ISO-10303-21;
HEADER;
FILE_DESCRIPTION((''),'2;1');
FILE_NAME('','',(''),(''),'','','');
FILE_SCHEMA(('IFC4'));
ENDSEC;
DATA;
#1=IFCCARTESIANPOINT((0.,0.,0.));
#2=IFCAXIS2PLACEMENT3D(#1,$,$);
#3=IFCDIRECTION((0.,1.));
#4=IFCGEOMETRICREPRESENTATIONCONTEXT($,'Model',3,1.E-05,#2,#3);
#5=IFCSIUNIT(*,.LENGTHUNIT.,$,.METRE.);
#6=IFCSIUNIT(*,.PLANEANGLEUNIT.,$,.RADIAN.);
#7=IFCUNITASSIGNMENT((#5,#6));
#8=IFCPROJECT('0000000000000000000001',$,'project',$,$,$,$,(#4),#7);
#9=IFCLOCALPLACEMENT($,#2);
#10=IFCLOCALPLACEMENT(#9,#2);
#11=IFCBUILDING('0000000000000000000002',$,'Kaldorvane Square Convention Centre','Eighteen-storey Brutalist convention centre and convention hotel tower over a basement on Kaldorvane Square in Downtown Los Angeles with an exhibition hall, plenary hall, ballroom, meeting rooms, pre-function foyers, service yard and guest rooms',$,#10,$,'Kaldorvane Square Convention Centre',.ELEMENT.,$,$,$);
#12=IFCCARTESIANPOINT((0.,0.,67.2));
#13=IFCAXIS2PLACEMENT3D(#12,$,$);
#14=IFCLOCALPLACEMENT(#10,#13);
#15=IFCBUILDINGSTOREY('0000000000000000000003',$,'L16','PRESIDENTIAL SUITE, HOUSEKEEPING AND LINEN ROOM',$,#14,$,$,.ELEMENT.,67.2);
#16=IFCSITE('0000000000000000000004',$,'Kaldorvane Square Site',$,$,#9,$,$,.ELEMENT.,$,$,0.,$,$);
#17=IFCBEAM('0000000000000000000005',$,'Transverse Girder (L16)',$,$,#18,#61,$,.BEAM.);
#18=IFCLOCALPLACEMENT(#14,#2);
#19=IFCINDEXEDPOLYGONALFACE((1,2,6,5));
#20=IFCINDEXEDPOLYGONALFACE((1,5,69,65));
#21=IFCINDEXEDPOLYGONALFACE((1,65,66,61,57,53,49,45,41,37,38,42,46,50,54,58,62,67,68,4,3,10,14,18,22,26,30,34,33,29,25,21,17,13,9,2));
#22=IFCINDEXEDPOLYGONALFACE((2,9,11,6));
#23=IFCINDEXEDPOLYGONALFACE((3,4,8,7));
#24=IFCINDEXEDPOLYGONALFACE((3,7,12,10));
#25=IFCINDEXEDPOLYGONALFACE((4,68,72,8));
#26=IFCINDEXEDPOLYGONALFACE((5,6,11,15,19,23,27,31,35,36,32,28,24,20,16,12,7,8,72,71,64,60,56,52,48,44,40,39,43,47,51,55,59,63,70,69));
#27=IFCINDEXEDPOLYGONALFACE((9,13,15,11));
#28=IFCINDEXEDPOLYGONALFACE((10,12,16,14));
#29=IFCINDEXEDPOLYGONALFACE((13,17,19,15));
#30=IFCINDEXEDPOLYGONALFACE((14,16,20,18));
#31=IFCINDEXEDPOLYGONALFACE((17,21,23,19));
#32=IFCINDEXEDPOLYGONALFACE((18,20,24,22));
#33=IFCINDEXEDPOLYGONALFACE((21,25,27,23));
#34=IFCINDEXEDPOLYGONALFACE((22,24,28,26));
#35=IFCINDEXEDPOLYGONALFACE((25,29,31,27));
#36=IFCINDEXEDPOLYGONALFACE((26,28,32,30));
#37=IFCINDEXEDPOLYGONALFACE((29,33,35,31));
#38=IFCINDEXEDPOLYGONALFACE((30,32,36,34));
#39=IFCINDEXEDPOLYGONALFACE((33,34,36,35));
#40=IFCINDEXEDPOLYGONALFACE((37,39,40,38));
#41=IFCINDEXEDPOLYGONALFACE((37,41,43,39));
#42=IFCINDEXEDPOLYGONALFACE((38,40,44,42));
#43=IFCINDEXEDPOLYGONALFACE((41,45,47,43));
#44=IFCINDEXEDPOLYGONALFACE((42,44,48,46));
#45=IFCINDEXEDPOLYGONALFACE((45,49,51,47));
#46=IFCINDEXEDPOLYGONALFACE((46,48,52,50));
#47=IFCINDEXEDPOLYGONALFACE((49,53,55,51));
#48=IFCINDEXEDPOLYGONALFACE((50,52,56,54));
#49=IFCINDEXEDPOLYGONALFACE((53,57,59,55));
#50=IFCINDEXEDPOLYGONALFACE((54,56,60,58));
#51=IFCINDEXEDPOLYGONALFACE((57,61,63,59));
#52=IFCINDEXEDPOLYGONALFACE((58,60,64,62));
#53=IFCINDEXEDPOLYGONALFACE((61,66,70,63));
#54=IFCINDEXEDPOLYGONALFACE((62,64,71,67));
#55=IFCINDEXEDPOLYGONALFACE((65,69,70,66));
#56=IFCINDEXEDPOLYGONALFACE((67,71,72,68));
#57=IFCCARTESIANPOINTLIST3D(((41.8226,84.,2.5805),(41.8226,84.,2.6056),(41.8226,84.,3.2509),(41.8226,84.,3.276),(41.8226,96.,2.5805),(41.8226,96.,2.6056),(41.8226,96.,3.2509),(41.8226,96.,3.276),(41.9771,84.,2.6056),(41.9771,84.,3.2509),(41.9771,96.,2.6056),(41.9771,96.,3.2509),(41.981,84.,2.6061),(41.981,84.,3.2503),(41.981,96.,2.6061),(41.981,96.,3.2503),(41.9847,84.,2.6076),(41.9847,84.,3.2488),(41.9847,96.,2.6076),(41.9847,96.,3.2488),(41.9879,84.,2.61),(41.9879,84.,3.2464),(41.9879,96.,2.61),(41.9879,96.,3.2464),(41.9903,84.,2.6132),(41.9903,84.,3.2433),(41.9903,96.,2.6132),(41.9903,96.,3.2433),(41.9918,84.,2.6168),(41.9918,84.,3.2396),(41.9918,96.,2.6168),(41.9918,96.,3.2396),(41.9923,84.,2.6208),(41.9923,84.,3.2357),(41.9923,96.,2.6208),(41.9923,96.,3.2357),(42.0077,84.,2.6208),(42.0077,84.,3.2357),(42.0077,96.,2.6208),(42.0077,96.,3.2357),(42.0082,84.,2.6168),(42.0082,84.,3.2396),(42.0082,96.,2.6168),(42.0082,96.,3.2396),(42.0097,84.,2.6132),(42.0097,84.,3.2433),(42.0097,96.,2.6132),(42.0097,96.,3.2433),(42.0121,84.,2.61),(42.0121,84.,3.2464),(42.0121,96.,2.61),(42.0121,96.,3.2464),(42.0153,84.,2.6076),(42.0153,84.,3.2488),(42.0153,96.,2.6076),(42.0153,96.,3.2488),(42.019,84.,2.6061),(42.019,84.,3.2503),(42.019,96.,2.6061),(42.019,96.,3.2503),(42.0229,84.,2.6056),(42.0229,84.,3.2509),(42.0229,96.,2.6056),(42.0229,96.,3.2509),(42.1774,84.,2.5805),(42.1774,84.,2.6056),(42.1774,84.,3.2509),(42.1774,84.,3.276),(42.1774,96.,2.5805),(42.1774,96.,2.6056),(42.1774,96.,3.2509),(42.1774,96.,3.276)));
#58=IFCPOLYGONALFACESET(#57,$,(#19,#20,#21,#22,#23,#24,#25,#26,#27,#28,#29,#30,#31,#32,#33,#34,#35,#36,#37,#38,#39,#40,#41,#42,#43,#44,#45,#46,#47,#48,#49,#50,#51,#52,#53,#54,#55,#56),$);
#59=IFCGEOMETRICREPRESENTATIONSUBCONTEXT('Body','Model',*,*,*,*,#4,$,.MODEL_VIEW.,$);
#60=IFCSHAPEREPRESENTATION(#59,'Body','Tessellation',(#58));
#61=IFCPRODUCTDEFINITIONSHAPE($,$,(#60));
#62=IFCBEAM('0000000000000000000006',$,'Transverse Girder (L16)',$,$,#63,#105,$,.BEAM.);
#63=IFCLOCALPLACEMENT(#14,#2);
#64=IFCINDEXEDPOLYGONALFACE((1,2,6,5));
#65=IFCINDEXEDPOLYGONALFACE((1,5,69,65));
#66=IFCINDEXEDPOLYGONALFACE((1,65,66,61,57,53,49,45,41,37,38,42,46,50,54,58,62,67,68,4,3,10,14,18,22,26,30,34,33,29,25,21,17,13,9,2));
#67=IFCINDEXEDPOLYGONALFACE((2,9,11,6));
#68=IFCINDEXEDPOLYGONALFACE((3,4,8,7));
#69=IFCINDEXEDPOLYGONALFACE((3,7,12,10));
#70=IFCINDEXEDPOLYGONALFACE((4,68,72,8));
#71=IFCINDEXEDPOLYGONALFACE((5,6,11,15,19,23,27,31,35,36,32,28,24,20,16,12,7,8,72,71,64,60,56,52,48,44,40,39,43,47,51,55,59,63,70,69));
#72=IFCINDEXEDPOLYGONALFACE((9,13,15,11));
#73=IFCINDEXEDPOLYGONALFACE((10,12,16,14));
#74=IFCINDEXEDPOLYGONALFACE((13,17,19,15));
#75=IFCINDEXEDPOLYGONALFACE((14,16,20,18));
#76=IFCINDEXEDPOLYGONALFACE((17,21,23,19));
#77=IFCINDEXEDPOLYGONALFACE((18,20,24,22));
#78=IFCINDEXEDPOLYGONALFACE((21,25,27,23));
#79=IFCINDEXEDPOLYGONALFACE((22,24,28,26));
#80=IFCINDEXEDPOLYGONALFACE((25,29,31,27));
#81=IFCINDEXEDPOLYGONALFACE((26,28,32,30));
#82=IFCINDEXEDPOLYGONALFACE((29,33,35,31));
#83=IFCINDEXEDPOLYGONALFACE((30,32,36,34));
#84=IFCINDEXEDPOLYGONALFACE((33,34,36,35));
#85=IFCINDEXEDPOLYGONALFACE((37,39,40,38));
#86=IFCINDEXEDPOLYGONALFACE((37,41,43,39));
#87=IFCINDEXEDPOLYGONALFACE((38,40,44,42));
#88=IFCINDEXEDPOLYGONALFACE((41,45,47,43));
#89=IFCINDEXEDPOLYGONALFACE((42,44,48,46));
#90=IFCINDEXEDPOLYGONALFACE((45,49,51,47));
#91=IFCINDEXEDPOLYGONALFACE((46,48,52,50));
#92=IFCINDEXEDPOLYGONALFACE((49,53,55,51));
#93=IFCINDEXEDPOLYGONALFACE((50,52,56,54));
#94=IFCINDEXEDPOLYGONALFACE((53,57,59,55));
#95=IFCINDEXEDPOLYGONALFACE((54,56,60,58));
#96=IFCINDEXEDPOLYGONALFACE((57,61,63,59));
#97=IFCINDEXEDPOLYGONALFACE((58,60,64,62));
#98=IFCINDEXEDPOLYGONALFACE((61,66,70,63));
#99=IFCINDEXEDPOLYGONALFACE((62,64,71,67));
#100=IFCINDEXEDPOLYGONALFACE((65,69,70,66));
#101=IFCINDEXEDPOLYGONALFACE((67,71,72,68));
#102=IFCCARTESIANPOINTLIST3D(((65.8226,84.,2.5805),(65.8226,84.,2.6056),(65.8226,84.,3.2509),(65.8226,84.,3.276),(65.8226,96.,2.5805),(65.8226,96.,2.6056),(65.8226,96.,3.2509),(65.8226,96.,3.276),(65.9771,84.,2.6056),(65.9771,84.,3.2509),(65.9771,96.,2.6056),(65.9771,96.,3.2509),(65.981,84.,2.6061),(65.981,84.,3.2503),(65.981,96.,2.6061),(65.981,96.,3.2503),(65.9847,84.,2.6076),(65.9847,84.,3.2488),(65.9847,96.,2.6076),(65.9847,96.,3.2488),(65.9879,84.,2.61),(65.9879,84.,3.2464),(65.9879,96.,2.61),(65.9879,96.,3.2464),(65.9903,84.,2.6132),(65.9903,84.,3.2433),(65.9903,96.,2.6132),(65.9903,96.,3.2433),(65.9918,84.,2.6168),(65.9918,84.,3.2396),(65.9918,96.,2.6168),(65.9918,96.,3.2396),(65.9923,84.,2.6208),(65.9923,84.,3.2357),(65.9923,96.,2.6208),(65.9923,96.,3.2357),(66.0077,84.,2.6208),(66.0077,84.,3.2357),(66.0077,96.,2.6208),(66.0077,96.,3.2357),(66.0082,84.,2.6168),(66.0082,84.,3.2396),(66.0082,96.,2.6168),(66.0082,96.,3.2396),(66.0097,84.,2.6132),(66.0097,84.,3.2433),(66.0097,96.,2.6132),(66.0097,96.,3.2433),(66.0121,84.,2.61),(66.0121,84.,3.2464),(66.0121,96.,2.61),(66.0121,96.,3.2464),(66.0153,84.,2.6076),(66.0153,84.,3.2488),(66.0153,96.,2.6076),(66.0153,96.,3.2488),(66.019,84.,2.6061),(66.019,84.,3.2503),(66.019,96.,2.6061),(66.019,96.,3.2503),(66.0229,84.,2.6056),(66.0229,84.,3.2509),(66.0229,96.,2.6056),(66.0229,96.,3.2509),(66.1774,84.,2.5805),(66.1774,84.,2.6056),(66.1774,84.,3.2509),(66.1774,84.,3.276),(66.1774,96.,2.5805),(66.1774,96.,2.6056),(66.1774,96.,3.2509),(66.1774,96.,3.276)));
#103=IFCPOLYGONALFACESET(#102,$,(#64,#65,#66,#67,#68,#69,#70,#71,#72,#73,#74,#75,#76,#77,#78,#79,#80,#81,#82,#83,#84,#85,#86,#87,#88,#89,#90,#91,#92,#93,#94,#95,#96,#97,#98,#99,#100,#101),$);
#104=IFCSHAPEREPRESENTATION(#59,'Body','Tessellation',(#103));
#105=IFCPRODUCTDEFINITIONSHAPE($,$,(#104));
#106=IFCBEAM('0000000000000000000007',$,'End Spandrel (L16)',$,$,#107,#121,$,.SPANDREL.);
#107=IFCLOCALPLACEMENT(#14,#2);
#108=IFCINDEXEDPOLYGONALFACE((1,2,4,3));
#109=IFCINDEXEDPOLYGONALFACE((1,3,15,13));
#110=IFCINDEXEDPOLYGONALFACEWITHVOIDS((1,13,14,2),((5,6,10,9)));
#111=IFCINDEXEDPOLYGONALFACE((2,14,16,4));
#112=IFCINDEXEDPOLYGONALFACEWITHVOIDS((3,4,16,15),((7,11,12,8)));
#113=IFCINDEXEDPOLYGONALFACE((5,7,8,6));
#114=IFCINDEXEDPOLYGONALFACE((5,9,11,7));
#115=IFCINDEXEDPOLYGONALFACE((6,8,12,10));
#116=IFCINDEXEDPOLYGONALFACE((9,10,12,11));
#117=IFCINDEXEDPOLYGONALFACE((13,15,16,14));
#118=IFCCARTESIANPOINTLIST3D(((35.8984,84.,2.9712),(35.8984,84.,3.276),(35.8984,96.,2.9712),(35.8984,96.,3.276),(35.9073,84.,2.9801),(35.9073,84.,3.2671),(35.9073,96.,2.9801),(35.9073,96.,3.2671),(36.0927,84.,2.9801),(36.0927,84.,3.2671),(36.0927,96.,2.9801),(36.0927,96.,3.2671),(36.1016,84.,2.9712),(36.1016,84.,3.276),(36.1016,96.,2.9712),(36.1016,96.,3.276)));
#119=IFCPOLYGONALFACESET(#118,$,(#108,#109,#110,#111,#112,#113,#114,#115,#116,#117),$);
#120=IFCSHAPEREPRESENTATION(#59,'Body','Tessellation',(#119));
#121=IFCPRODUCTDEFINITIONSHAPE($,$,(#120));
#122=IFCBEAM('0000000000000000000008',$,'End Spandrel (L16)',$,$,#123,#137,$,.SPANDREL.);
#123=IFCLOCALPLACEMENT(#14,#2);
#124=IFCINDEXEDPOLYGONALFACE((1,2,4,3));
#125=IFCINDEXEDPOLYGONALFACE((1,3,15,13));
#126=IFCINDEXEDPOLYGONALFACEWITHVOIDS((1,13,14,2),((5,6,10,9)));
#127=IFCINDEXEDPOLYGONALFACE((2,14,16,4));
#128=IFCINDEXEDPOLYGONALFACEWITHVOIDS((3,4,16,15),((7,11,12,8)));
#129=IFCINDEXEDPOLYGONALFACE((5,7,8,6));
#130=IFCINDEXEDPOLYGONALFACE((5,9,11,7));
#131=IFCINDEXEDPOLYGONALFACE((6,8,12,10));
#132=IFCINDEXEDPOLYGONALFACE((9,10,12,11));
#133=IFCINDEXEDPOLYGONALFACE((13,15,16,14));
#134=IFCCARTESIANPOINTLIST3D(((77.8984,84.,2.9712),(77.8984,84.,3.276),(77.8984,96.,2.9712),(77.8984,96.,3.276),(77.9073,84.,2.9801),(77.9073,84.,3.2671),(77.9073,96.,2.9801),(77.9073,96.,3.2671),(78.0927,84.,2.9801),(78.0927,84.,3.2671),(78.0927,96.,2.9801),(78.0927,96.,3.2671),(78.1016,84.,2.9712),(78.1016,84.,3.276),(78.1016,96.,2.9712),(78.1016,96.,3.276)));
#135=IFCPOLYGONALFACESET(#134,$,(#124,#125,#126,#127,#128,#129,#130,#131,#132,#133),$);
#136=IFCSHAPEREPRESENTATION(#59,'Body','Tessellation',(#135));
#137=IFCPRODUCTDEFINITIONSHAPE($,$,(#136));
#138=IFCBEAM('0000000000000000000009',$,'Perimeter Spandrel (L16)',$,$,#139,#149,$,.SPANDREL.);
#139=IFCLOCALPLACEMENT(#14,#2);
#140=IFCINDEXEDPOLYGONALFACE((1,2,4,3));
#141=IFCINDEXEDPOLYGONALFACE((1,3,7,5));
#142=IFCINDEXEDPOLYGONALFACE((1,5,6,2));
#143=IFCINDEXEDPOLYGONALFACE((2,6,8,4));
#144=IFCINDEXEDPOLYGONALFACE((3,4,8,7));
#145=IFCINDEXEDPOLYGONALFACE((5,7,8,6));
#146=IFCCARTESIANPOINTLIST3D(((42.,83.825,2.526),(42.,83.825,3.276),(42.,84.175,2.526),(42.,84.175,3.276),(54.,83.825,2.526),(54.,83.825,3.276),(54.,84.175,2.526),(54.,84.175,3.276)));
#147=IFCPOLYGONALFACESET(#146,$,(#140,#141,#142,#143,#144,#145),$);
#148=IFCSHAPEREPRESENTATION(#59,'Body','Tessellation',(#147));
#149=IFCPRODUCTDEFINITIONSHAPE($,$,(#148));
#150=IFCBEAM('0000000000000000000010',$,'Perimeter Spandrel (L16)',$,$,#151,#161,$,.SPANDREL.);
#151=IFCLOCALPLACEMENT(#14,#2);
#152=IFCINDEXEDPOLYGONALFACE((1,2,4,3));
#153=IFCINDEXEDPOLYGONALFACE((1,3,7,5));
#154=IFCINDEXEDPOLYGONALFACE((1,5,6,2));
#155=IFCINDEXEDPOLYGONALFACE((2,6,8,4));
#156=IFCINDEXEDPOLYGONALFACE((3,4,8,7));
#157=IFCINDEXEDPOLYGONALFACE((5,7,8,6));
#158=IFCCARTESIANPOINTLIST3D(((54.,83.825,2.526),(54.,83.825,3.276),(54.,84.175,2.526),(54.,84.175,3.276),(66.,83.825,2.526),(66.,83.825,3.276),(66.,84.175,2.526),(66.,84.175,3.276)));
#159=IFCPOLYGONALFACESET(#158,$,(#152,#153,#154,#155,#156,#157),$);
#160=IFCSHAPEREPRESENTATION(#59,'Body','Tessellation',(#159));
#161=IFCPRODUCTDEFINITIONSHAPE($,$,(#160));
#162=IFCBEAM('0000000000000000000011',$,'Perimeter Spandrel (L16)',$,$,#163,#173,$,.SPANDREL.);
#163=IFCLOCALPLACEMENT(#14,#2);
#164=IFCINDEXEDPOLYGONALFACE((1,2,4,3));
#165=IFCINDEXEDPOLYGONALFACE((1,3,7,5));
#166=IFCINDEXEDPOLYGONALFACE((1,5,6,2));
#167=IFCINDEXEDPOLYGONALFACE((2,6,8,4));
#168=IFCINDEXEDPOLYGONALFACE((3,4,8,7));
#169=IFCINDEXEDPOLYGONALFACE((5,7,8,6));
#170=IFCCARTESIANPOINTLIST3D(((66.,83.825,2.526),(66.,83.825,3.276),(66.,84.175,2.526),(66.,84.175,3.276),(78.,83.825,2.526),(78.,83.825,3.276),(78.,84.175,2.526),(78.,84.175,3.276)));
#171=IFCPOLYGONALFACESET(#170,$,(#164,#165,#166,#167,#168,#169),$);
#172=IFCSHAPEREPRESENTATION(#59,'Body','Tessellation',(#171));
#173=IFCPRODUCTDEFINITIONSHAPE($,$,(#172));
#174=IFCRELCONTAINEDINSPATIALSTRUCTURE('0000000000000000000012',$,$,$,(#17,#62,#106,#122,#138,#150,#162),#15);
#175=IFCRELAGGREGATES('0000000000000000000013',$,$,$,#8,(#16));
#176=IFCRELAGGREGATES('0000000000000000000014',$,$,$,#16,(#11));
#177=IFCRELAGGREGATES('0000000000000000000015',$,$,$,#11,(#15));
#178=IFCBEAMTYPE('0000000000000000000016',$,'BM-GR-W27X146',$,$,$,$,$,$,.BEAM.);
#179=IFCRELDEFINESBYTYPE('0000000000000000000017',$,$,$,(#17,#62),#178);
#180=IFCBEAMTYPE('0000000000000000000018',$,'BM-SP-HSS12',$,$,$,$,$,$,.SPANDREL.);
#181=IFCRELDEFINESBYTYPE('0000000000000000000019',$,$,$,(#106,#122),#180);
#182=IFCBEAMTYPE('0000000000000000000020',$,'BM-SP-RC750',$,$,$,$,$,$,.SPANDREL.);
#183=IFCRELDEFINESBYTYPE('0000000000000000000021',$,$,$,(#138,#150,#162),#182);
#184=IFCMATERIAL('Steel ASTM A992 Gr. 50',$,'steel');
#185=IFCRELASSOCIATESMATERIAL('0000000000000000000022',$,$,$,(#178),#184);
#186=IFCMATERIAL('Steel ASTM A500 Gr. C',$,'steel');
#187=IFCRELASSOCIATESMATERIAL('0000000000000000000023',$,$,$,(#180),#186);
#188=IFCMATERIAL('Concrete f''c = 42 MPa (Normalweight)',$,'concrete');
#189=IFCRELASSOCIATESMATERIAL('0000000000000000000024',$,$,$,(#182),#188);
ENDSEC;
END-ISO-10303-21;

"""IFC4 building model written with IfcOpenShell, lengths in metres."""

from ifc_helpers import new_model, si_unit, direction, frame, origin, origin_2d, place, context, subcontext, project, spatial, rectangle, hollow_rectangle, i_section, extrude, material, material_profile, profile_set, type_object, element, save


model = new_model("IFC4")

# Units and contexts
model_context = context("Model", 3, precision=1e-05, world=origin(), true_north=direction((0.0, 1.0)))
body_context = subcontext(model_context, "Body", "Model", "MODEL_VIEW")
ifc_project = project(units=[si_unit("LENGTHUNIT", "METRE"), si_unit("PLANEANGLEUNIT", "RADIAN")], contexts=[model_context])

# Site, building, storey
site_placement = place(None, origin())
site = spatial("IfcSite", under=ifc_project, at=site_placement, Name="Kaldorvane Square Site", CompositionType="ELEMENT", RefElevation=0.0)
building_placement = place(site_placement, origin())
building = spatial("IfcBuilding", under=site, at=building_placement, Name="Kaldorvane Square Convention Centre", Description="Eighteen-storey Brutalist convention centre and convention hotel tower over a basement on Kaldorvane Square in Downtown Los Angeles with an exhibition hall, plenary hall, ballroom, meeting rooms, pre-function foyers, service yard and guest rooms", LongName="Kaldorvane Square Convention Centre", CompositionType="ELEMENT")
storey_placement = place(building_placement, frame((0.0, 0.0, 67.2)))
storey = spatial("IfcBuildingStorey", under=building, at=storey_placement, Name="L16", Description="PRESIDENTIAL SUITE, HOUSEKEEPING AND LINEN ROOM", CompositionType="ELEMENT", Elevation=67.2)

# Beams
ifc_material_1 = material(Name="Steel ASTM A992 Gr. 50", Category="steel")
ifc_material_profile_1 = material_profile(ifc_material_1, i_section(OverallWidth=0.3547, OverallDepth=0.6955, WebThickness=0.0154, FlangeThickness=0.0251, FilletRadius=0.0152, at=origin_2d()), Name="W27X146")
ifc_profile_set_1 = profile_set([ifc_material_profile_1], Name="Steel ASTM A992 Gr. 50")
beam_type_1 = type_object("IfcBeamType", Name="BM-GR-W27X146", PredefinedType="BEAM", material=ifc_profile_set_1)
for number, where, z_axis, x_axis, name in (
    (1, (42.0, 84.0, 2.9282), (0.0, 1.0, 0.0), (-1.0, 0.0, 0.0), "Transverse Girder (L16)"),
    (2, (66.0, 84.0, 2.9282), (0.0, 1.0, 0.0), (-1.0, 0.0, 0.0), "Transverse Girder (L16)"),
):
    element("IfcBeam", number, at=place(storey_placement, frame(where, z_axis=z_axis, x_axis=x_axis)), inside=storey, type_object=beam_type_1, Name=name, PredefinedType="BEAM", context=body_context, shape_type="SweptSolid", body=[
        extrude(i_section(OverallWidth=0.3547, OverallDepth=0.6955, WebThickness=0.0154, FlangeThickness=0.0251, FilletRadius=0.0152, at=origin_2d()), origin(), (0.0, 0.0, 1.0), 12.0),
    ])
ifc_material_2 = material(Name="Steel ASTM A500 Gr. C", Category="steel")
ifc_material_profile_2 = material_profile(ifc_material_2, hollow_rectangle(XDim=0.2032, YDim=0.3048, WallThickness=0.0089, at=origin_2d()), Name="HSS12X8X3/8")
ifc_profile_set_2 = profile_set([ifc_material_profile_2], Name="Steel ASTM A500 Gr. C")
beam_type_2 = type_object("IfcBeamType", Name="BM-SP-HSS12", PredefinedType="SPANDREL", material=ifc_profile_set_2)
for number, where, z_axis, x_axis, name in (
    (3, (36.0, 84.0, 3.1236), (0.0, 1.0, 0.0), (-1.0, 0.0, 0.0), "End Spandrel (L16)"),
    (4, (78.0, 84.0, 3.1236), (0.0, 1.0, 0.0), (-1.0, 0.0, 0.0), "End Spandrel (L16)"),
):
    element("IfcBeam", number, at=place(storey_placement, frame(where, z_axis=z_axis, x_axis=x_axis)), inside=storey, type_object=beam_type_2, Name=name, PredefinedType="SPANDREL", context=body_context, shape_type="SweptSolid", body=[
        extrude(hollow_rectangle(XDim=0.2032, YDim=0.3048, WallThickness=0.0089, at=origin_2d()), origin(), (0.0, 0.0, 1.0), 12.0),
    ])
ifc_material_3 = material(Name="Concrete f'c = 42 MPa (Normalweight)", Category="concrete")
ifc_material_profile_3 = material_profile(ifc_material_3, rectangle(XDim=0.35, YDim=0.75, at=origin_2d()), Name="RCSP750X350")
ifc_profile_set_3 = profile_set([ifc_material_profile_3], Name="Concrete f'c = 42 MPa (Normalweight)")
beam_type_3 = type_object("IfcBeamType", Name="BM-SP-RC750", PredefinedType="SPANDREL", material=ifc_profile_set_3)
for number, where, z_axis, x_axis, name in (
    (5, (42.0, 84.0, 2.901), (1.0, 0.0, 0.0), (0.0, 1.0, 0.0), "Perimeter Spandrel (L16)"),
    (6, (54.0, 84.0, 2.901), (1.0, 0.0, 0.0), (0.0, 1.0, 0.0), "Perimeter Spandrel (L16)"),
    (7, (66.0, 84.0, 2.901), (1.0, 0.0, 0.0), (0.0, 1.0, 0.0), "Perimeter Spandrel (L16)"),
):
    element("IfcBeam", number, at=place(storey_placement, frame(where, z_axis=z_axis, x_axis=x_axis)), inside=storey, type_object=beam_type_3, Name=name, PredefinedType="SPANDREL", context=body_context, shape_type="SweptSolid", body=[
        extrude(rectangle(XDim=0.35, YDim=0.75, at=origin_2d()), origin(), (0.0, 0.0, 1.0), 12.0),
    ])

save(model, "model.ifc")
